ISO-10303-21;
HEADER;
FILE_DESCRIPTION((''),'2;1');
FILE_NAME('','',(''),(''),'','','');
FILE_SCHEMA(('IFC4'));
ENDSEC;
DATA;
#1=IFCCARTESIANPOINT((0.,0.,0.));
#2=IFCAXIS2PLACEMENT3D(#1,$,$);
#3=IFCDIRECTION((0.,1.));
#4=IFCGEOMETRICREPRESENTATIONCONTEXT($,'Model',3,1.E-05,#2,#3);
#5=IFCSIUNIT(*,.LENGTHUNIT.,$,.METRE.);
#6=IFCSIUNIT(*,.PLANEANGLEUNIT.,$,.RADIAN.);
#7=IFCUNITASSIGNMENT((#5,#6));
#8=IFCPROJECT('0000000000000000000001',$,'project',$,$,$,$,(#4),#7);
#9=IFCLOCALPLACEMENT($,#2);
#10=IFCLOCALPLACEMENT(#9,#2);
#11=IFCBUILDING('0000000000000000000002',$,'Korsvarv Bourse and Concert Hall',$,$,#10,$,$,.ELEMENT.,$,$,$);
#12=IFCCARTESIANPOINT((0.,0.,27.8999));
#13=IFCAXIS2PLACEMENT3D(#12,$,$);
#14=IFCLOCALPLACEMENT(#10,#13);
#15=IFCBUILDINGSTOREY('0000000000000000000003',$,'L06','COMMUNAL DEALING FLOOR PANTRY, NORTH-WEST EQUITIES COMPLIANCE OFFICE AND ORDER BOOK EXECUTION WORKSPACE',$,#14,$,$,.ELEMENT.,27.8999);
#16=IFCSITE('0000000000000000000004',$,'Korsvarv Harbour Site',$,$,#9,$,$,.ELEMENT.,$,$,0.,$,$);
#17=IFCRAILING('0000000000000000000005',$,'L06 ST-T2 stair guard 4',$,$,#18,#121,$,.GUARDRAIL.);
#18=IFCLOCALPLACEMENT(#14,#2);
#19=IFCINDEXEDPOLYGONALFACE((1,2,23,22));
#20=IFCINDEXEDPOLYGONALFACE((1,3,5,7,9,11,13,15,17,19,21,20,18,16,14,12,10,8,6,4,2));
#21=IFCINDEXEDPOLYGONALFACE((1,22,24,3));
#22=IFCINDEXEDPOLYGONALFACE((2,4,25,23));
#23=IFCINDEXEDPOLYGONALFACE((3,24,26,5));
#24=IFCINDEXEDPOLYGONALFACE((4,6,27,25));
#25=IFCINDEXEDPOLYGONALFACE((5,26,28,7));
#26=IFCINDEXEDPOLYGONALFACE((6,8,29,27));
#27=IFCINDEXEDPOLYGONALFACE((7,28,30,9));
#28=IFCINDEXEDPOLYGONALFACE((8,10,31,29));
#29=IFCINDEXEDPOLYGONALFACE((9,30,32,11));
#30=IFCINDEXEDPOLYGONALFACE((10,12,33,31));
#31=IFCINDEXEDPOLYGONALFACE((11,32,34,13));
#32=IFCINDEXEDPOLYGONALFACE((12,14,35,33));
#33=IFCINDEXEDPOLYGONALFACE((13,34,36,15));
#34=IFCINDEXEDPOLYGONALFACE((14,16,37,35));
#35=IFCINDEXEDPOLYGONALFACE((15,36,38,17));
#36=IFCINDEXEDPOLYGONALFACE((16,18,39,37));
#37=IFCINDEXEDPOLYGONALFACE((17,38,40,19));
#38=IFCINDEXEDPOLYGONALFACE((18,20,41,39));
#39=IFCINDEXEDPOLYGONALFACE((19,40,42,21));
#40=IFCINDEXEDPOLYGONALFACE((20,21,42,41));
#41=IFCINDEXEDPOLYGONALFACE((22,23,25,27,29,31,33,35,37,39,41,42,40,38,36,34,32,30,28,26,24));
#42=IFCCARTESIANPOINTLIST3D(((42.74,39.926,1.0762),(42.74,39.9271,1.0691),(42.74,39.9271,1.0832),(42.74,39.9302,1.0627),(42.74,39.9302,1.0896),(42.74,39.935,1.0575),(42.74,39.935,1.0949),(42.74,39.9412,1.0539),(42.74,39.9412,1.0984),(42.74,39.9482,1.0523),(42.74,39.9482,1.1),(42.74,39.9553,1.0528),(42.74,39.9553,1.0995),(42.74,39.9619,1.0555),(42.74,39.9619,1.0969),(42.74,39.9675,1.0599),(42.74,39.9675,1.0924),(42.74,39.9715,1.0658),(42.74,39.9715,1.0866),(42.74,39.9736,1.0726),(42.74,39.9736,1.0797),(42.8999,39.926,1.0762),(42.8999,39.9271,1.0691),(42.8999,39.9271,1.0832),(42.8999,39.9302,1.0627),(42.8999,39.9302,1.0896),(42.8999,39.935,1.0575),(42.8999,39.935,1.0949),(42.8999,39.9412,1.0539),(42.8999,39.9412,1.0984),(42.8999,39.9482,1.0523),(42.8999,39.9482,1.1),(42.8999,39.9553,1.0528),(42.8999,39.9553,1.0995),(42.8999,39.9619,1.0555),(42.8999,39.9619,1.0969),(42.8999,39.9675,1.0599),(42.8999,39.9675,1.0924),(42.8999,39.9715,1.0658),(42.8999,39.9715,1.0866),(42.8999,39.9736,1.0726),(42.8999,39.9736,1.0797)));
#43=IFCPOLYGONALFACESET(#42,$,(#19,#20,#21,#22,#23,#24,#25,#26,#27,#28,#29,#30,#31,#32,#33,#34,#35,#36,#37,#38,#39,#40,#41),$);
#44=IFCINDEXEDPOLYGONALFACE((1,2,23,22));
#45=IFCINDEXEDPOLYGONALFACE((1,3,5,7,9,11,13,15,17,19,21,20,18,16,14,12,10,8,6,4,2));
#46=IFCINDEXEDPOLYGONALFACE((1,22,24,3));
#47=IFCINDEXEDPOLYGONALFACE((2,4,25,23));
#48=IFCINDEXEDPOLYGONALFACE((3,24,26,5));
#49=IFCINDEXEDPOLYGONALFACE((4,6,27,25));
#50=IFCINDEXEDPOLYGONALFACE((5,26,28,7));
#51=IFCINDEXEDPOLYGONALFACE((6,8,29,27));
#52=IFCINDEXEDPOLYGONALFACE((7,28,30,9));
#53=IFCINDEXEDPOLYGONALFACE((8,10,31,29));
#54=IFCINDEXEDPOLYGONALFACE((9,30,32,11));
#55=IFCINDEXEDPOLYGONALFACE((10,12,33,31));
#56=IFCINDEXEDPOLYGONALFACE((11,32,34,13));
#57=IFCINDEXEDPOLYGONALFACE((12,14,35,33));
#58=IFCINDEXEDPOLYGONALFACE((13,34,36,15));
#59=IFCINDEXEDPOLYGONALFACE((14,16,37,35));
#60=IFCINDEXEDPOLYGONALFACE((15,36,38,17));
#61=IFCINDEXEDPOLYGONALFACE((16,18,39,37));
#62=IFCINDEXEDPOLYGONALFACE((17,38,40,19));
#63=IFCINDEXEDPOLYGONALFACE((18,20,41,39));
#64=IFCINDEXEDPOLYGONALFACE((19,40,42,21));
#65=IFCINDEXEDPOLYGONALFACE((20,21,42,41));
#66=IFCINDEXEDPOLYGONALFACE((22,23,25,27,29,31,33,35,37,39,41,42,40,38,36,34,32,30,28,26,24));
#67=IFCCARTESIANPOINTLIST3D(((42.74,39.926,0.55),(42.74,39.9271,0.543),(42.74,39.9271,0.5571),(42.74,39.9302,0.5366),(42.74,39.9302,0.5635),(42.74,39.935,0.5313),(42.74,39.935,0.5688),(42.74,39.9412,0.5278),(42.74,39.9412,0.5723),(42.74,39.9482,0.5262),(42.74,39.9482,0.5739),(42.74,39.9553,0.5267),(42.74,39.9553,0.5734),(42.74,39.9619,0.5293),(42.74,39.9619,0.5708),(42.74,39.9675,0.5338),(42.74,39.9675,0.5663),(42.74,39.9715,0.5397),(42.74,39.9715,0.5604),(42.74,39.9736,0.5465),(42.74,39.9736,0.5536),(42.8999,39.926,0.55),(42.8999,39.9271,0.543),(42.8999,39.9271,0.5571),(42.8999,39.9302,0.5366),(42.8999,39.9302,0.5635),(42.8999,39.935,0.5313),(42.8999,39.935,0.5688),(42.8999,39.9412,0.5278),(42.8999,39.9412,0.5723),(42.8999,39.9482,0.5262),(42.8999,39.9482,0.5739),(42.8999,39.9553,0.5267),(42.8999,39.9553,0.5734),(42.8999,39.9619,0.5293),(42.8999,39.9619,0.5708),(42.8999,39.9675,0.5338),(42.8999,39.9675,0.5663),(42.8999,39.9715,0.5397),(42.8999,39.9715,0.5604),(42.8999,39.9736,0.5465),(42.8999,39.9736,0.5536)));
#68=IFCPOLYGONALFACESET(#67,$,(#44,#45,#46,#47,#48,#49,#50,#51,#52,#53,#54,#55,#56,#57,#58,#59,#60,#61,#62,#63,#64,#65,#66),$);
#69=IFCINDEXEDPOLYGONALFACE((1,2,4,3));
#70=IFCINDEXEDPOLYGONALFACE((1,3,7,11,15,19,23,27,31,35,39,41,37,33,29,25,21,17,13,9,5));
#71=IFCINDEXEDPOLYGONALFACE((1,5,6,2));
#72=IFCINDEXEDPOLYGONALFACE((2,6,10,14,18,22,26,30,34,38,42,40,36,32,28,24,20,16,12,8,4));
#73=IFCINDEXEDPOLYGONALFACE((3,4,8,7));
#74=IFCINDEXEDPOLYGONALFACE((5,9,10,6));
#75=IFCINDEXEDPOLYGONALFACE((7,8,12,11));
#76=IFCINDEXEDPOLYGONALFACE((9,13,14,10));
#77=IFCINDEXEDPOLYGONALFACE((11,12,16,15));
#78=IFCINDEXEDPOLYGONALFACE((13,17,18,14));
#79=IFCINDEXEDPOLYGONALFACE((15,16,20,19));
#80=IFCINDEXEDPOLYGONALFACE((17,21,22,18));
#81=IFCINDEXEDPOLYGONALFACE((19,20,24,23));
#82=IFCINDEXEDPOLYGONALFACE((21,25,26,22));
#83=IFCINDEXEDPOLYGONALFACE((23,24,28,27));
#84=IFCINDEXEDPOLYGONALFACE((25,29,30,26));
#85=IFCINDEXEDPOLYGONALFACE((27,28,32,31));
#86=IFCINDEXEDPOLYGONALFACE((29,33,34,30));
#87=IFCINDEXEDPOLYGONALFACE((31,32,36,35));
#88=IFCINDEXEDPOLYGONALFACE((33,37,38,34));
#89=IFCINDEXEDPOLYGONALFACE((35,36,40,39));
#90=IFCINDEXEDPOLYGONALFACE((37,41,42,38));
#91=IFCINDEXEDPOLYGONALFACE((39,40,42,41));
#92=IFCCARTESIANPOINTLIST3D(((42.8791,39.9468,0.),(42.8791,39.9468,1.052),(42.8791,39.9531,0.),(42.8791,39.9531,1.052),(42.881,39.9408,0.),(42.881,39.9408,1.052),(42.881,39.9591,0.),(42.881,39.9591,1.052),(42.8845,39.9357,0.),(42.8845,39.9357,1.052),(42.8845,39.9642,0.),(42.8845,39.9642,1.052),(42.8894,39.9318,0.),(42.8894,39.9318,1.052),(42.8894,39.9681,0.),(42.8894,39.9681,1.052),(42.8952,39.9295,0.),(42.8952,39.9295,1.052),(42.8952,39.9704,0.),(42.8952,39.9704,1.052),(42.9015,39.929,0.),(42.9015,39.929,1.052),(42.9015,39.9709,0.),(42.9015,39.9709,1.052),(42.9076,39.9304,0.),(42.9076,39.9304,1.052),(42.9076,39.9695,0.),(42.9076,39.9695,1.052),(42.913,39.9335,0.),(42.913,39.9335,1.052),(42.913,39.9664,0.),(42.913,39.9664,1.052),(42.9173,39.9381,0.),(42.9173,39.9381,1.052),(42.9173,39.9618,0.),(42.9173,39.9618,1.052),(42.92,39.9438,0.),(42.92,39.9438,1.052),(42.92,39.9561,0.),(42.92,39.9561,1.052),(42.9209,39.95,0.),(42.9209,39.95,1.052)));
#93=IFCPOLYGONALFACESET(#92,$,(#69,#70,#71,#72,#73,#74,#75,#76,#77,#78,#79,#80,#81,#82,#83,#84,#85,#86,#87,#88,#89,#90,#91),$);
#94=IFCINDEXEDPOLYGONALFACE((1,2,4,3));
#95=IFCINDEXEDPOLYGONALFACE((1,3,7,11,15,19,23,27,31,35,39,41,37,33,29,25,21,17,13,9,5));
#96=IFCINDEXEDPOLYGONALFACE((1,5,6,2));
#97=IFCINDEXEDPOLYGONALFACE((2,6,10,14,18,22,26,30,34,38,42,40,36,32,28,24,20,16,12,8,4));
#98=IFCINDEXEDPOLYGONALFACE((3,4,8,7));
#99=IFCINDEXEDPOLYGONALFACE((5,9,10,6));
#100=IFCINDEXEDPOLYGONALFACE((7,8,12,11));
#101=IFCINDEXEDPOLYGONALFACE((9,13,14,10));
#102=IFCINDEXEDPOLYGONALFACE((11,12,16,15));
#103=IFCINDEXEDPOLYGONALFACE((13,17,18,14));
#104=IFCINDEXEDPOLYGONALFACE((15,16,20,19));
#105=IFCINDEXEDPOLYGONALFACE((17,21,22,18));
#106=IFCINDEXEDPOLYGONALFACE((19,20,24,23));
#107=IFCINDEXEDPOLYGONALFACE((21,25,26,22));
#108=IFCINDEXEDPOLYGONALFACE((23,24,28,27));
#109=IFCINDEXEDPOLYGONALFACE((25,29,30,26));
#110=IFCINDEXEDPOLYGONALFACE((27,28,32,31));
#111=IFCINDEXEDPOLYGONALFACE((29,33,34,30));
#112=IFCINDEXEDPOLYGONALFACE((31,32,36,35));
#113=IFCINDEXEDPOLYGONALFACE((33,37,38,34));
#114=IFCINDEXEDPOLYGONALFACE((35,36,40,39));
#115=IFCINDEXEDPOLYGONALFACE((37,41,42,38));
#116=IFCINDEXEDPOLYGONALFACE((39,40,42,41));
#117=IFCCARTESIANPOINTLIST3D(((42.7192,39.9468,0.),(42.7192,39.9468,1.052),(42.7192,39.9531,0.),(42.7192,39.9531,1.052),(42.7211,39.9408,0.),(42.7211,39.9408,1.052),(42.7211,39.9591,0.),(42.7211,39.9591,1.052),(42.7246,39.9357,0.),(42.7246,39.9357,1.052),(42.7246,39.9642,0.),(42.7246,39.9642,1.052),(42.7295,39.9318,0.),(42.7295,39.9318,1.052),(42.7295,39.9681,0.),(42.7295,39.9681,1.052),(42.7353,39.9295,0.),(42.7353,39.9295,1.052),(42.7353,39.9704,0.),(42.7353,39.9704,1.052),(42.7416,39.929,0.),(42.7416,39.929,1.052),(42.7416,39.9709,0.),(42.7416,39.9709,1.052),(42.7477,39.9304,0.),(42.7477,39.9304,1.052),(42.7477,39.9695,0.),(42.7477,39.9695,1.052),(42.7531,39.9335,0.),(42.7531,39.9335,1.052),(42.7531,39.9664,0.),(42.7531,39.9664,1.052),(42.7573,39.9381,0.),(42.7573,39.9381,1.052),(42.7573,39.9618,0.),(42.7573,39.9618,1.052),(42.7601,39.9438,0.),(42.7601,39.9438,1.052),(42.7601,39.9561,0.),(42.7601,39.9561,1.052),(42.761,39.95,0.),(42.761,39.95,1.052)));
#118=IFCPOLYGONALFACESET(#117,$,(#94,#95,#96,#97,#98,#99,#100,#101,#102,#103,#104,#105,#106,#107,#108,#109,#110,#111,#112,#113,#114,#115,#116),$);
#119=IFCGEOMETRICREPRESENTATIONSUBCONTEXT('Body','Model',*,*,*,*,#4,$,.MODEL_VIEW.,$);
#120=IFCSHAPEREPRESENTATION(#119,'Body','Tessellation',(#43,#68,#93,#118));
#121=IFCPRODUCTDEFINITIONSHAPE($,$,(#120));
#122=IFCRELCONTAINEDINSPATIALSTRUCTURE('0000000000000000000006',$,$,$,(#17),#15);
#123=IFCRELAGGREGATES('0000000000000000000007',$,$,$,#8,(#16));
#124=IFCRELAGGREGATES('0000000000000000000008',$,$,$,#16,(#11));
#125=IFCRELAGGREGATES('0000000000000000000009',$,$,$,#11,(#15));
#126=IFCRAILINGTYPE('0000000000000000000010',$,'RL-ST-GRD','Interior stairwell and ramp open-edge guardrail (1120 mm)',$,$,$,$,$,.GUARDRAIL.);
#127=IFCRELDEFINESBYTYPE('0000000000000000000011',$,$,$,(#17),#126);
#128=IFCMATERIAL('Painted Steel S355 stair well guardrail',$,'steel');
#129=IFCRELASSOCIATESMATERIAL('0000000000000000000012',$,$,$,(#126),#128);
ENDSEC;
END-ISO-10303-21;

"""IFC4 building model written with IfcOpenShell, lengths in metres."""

from ifc_helpers import new_model, si_unit, direction, frame, origin, origin_2d, place, context, subcontext, project, spatial, circle, extrude, material, type_object, element, save


model = new_model("IFC4")

# Units and contexts
model_context = context("Model", 3, precision=1e-05, world=origin(), true_north=direction((0.0, 1.0)))
body_context = subcontext(model_context, "Body", "Model", "MODEL_VIEW")
ifc_project = project(units=[si_unit("LENGTHUNIT", "METRE"), si_unit("PLANEANGLEUNIT", "RADIAN")], contexts=[model_context])

# Site, building, storey
site_placement = place(None, origin())
site = spatial("IfcSite", under=ifc_project, at=site_placement, Name="Korsvarv Harbour Site", CompositionType="ELEMENT", RefElevation=0.0)
building_placement = place(site_placement, origin())
building = spatial("IfcBuilding", under=site, at=building_placement, Name="Korsvarv Bourse and Concert Hall", CompositionType="ELEMENT")
storey_placement = place(building_placement, frame((0.0, 0.0, 27.8999)))
storey = spatial("IfcBuildingStorey", under=building, at=storey_placement, Name="L06", Description="COMMUNAL DEALING FLOOR PANTRY, NORTH-WEST EQUITIES COMPLIANCE OFFICE AND ORDER BOOK EXECUTION WORKSPACE", CompositionType="ELEMENT", Elevation=27.8999)

# Railing
ifc_material_1 = material(Name="Painted Steel S355 stair well guardrail", Category="steel")
railing_type_1 = type_object("IfcRailingType", Name="RL-ST-GRD", Description="Interior stairwell and ramp open-edge guardrail (1120 mm)", PredefinedType="GUARDRAIL", material=ifc_material_1)
railing_1_placement = place(storey_placement, frame((42.8999, 39.95, 0.0)))
element("IfcRailing", 1, at=railing_1_placement, inside=storey, type_object=railing_type_1, Name="L06 ST-T2 stair guard 4", PredefinedType="GUARDRAIL", context=body_context, shape_type="SweptSolid", body=[
    extrude(circle(Radius=0.0239, at=origin_2d()), frame((0.0, 0.0, 1.0762), z_axis=(-1.0, 0.0, 0.0), x_axis=(0.0, -1.0, 0.0)), (0.0, 0.0, 1.0), 0.1599),
    extrude(circle(Radius=0.0239, at=origin_2d()), frame((0.0, 0.0, 0.55), z_axis=(-1.0, 0.0, 0.0), x_axis=(0.0, -1.0, 0.0)), (0.0, 0.0, 1.0), 0.1599),
    extrude(circle(Radius=0.021, at=origin_2d()), origin(), (0.0, 0.0, 1.0), 1.052),
    extrude(circle(Radius=0.021, at=origin_2d()), frame((-0.1599, 0.0, 0.0)), (0.0, 0.0, 1.0), 1.052),
])

save(model, "model.ifc")
